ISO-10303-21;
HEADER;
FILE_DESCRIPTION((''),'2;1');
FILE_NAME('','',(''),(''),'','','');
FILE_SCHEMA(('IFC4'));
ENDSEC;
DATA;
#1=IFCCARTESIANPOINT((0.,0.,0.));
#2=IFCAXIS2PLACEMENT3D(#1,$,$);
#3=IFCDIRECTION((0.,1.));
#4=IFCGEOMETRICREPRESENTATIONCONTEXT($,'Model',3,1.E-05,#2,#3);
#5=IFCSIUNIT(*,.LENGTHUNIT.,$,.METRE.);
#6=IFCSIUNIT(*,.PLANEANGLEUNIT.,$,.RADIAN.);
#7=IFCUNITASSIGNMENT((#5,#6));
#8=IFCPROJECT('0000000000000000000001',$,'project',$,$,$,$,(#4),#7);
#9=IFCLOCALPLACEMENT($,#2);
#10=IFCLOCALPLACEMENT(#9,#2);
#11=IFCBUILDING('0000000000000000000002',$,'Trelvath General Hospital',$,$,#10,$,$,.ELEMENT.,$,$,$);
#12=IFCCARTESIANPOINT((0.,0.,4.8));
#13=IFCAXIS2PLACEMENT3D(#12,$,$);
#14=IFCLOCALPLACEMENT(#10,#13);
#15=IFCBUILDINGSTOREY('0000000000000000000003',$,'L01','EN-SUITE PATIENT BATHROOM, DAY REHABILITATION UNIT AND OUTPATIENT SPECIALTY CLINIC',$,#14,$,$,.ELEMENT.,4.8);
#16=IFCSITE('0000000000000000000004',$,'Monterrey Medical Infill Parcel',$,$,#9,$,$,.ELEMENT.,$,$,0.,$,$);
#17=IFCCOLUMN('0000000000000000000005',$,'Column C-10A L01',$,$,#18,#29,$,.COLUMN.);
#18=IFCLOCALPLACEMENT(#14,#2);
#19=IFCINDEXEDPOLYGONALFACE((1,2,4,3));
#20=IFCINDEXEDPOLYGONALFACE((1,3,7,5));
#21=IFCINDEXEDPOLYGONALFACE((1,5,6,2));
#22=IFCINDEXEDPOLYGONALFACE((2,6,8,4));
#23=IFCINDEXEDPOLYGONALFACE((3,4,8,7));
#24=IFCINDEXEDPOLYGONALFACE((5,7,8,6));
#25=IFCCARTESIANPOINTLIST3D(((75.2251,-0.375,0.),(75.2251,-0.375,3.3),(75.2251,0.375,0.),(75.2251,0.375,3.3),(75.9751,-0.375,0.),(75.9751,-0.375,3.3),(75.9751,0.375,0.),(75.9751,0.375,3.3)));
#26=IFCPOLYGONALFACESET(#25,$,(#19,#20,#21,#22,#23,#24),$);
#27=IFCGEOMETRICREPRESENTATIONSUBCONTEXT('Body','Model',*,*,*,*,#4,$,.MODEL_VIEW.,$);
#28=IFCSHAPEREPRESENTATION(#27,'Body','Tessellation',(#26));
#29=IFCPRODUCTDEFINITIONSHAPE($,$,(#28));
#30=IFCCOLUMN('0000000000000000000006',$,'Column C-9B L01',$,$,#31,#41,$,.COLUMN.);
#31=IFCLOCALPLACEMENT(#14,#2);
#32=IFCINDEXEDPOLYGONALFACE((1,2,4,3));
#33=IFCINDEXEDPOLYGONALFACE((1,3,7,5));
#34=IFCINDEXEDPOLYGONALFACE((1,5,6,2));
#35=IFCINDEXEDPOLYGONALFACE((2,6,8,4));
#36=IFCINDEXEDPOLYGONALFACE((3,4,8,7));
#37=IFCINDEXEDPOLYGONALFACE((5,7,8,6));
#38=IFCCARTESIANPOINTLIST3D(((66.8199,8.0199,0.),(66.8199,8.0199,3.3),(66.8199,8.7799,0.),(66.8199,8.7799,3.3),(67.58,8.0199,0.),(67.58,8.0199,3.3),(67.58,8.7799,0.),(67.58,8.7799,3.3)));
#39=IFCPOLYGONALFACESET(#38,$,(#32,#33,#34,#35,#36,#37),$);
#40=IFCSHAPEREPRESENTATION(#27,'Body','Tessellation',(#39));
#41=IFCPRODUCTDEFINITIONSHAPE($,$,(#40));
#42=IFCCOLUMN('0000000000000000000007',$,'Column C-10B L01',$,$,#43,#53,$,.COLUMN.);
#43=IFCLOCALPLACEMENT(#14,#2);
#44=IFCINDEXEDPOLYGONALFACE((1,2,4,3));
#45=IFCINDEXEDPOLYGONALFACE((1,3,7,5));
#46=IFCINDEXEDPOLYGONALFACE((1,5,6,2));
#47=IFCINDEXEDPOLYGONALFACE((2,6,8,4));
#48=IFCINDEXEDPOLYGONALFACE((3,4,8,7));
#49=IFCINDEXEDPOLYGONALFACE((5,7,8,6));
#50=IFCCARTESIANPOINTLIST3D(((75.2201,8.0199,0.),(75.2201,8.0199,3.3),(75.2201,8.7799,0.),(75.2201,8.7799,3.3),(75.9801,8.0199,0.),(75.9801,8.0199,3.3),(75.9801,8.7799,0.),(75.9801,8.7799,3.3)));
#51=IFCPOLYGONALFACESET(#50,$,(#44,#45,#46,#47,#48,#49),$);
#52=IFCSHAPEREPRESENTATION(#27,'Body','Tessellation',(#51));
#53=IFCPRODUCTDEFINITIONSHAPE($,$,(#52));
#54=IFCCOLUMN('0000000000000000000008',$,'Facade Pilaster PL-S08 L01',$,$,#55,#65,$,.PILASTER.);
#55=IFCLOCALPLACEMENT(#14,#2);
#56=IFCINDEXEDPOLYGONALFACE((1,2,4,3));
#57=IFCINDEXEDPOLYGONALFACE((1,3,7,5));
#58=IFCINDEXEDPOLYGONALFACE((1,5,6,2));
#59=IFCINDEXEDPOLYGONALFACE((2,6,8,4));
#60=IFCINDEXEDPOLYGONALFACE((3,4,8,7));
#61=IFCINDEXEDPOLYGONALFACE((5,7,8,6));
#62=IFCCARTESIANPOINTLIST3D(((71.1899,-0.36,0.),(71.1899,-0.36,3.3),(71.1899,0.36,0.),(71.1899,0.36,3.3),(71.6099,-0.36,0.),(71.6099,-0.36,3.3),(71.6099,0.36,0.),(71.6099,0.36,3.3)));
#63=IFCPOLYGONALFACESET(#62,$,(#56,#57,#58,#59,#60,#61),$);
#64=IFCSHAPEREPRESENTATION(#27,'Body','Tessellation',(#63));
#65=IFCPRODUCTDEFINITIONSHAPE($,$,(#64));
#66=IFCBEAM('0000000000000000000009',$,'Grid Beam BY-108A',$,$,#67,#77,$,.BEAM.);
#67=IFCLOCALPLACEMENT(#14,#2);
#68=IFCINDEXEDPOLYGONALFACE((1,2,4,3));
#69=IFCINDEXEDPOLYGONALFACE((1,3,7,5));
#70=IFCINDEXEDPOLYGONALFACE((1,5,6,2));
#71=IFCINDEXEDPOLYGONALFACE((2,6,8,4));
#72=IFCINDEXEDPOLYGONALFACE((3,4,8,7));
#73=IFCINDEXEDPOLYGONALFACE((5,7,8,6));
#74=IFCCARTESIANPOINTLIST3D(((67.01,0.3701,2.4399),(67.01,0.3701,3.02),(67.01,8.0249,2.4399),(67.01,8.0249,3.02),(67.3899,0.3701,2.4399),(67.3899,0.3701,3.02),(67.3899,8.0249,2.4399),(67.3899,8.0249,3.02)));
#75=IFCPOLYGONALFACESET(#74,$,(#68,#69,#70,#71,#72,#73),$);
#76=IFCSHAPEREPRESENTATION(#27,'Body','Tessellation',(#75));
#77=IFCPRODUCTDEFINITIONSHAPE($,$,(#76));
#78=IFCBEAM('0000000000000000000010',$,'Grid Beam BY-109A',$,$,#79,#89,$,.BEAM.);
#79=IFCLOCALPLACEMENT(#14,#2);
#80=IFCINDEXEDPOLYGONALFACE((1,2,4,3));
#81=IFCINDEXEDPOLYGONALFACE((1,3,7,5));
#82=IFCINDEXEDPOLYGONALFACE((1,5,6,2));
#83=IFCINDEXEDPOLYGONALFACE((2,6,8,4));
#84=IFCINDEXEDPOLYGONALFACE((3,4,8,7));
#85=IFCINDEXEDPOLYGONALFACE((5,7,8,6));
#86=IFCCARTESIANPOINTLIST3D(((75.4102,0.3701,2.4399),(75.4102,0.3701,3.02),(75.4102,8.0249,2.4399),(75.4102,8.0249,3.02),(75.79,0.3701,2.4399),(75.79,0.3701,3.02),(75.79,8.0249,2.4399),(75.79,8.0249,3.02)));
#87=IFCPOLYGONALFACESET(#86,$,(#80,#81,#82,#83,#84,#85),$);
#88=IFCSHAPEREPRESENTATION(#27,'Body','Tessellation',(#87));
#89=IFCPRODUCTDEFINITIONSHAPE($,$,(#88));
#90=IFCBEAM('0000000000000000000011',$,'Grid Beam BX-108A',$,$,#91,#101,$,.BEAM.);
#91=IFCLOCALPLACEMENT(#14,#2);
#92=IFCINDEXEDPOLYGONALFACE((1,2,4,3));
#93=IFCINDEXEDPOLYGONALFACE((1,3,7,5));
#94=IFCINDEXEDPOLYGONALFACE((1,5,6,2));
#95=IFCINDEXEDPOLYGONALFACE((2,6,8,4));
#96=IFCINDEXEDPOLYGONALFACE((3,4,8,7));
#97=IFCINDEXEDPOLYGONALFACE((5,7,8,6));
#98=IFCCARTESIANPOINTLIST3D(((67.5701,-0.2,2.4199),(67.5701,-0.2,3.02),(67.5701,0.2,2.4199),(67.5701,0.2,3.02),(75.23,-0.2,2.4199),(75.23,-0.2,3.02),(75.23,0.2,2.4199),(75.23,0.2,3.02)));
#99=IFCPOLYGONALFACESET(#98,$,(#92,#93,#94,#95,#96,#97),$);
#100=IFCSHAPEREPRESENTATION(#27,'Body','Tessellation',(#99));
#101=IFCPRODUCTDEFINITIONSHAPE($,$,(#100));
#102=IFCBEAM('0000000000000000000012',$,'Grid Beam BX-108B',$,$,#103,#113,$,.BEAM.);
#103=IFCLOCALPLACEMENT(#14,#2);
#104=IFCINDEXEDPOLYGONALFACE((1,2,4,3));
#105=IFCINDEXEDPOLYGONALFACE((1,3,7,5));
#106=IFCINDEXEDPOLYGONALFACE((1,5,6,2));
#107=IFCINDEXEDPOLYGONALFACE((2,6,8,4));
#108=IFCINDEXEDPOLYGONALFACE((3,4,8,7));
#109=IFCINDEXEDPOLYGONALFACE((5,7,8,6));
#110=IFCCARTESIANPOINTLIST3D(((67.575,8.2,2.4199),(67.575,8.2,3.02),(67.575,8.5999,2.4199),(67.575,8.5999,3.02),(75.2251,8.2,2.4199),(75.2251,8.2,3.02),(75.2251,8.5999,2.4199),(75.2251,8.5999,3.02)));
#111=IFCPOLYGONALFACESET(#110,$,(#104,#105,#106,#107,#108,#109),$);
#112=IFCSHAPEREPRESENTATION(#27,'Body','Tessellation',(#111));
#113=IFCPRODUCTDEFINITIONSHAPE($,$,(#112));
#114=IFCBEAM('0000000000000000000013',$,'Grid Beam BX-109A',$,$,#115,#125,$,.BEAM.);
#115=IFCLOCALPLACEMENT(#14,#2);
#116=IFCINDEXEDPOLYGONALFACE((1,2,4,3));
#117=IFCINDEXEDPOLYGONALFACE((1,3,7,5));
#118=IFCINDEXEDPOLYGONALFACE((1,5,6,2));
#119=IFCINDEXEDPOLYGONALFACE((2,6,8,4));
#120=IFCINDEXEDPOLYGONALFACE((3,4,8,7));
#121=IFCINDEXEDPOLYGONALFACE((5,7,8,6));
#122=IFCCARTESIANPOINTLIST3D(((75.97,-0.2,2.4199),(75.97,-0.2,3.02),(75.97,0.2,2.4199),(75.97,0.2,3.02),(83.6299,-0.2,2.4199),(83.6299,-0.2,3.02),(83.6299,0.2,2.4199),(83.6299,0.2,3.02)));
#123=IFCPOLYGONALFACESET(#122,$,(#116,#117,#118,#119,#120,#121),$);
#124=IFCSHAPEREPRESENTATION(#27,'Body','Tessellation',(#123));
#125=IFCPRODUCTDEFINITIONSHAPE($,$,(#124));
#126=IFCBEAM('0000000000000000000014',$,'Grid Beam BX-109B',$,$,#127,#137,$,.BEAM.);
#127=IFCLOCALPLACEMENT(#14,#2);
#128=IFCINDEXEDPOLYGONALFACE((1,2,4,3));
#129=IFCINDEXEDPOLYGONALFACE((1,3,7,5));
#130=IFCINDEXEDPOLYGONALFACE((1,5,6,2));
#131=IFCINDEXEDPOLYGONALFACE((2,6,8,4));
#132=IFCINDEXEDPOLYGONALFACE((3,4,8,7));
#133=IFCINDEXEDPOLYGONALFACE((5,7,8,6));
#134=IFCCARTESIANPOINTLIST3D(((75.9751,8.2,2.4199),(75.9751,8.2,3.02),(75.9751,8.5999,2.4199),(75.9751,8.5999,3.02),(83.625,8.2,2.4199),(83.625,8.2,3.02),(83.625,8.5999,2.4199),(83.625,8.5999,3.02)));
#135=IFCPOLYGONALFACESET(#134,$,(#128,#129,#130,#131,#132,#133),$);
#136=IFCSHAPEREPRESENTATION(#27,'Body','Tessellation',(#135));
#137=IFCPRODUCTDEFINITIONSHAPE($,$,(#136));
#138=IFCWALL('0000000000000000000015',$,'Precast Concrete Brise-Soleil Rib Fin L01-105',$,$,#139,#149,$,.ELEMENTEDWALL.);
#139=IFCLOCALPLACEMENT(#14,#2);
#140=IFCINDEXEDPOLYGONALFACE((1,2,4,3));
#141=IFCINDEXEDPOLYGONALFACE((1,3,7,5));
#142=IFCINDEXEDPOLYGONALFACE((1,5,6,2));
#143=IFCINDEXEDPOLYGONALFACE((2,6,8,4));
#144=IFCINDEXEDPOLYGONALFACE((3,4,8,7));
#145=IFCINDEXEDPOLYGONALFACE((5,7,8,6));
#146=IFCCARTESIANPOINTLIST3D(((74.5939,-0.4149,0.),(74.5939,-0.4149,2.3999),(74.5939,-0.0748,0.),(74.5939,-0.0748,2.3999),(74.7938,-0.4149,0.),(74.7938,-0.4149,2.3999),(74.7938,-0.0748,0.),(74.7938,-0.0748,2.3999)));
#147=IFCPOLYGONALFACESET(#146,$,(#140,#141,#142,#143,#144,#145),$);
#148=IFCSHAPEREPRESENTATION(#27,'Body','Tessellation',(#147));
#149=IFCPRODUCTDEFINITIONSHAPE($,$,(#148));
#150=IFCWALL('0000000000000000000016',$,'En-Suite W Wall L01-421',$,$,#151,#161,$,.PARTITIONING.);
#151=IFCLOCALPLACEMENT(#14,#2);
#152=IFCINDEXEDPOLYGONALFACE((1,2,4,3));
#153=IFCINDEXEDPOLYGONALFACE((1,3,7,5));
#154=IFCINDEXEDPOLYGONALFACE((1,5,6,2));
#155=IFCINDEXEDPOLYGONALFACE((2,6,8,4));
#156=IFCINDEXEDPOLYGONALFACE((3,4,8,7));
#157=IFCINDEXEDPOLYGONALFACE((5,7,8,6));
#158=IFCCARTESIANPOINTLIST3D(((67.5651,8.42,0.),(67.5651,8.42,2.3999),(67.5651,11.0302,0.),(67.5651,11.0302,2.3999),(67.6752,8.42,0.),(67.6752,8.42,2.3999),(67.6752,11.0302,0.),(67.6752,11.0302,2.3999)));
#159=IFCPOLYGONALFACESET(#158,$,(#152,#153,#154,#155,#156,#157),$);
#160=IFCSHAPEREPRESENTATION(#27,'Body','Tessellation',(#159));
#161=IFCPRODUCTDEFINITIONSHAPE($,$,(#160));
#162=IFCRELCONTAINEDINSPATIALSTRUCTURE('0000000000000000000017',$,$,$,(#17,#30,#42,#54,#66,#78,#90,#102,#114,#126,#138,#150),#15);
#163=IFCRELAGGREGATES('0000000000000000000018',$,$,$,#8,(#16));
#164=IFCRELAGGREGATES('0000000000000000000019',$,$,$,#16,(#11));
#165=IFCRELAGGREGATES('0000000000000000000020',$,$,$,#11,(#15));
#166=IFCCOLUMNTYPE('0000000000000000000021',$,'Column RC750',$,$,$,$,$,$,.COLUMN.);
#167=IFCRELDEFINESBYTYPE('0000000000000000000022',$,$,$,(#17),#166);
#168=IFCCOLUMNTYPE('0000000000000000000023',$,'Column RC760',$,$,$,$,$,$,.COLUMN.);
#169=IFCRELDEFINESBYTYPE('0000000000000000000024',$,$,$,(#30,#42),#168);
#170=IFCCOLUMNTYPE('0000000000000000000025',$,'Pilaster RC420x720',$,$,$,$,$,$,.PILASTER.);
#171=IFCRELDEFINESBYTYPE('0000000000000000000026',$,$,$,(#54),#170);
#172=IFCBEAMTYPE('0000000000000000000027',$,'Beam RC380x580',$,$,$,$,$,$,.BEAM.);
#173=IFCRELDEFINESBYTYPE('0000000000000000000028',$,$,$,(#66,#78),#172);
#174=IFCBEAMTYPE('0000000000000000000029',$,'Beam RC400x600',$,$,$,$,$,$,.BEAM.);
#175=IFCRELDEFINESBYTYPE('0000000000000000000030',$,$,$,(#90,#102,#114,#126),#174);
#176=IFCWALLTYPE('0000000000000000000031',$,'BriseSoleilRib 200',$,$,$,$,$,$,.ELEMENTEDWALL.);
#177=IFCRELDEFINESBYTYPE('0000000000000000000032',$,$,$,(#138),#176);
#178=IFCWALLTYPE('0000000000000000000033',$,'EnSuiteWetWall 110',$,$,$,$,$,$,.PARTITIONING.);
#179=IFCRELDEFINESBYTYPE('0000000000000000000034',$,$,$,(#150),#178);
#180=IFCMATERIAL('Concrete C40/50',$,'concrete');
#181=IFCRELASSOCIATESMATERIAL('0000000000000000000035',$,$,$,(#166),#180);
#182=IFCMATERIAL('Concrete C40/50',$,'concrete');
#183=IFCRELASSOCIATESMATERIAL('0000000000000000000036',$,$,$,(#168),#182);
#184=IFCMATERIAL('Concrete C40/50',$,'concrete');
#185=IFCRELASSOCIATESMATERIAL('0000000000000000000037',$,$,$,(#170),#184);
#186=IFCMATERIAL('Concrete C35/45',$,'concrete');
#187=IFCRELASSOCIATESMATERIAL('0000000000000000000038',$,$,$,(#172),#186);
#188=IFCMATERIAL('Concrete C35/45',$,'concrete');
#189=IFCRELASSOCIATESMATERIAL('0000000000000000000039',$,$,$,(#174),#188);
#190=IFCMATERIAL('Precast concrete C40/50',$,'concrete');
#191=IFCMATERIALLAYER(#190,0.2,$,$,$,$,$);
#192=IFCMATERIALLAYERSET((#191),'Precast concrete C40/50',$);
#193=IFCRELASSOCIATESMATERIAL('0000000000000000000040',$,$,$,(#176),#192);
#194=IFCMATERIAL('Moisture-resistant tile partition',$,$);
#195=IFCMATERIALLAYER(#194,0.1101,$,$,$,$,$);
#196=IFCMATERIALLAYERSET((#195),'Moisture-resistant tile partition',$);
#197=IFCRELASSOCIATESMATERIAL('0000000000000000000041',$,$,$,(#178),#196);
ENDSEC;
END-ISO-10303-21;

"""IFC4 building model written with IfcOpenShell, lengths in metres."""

from ifc_helpers import new_model, si_unit, direction, frame, frame_2d, origin, origin_2d, place, context, subcontext, project, spatial, rectangle, extrude, material, layer, layer_set, material_profile, profile_set, type_object, element, save


model = new_model("IFC4")

# Units and contexts
model_context = context("Model", 3, precision=1e-05, world=origin(), true_north=direction((0.0, 1.0)))
body_context = subcontext(model_context, "Body", "Model", "MODEL_VIEW")
ifc_project = project(units=[si_unit("LENGTHUNIT", "METRE"), si_unit("PLANEANGLEUNIT", "RADIAN")], contexts=[model_context])

# Site, building, storey
site_placement = place(None, origin())
site = spatial("IfcSite", under=ifc_project, at=site_placement, Name="Monterrey Medical Infill Parcel", CompositionType="ELEMENT", RefElevation=0.0)
building_placement = place(site_placement, origin())
building = spatial("IfcBuilding", under=site, at=building_placement, Name="Trelvath General Hospital", CompositionType="ELEMENT")
storey_placement = place(building_placement, frame((0.0, 0.0, 4.8)))
storey = spatial("IfcBuildingStorey", under=building, at=storey_placement, Name="L01", Description="EN-SUITE PATIENT BATHROOM, DAY REHABILITATION UNIT AND OUTPATIENT SPECIALTY CLINIC", CompositionType="ELEMENT", Elevation=4.8)

# Columns
ifc_material_1 = material(Name="Concrete C40/50", Category="concrete")
ifc_material_profile_1 = material_profile(ifc_material_1, rectangle(XDim=0.75, YDim=0.75, at=origin_2d()), Name="RC750x750")
ifc_profile_set_1 = profile_set([ifc_material_profile_1], Name="Concrete C40/50")
column_type_1 = type_object("IfcColumnType", Name="Column RC750", PredefinedType="COLUMN", material=ifc_profile_set_1)
column_1_placement = place(storey_placement, frame((75.6001, 0.0, 0.0), z_axis=(0.0, 0.0, 1.0), x_axis=(1.0, 0.0, 0.0)))
element("IfcColumn", 1, at=column_1_placement, inside=storey, type_object=column_type_1, Name="Column C-10A L01", PredefinedType="COLUMN", context=body_context, shape_type="SweptSolid", body=[
    extrude(rectangle(XDim=0.75, YDim=0.75, at=origin_2d()), origin(), (0.0, 0.0, 1.0), 3.3),
])
ifc_material_2 = material(Name="Concrete C40/50", Category="concrete")
ifc_material_profile_2 = material_profile(ifc_material_2, rectangle(XDim=0.76, YDim=0.76, at=origin_2d()), Name="RC760x760")
ifc_profile_set_2 = profile_set([ifc_material_profile_2], Name="Concrete C40/50")
column_type_2 = type_object("IfcColumnType", Name="Column RC760", PredefinedType="COLUMN", material=ifc_profile_set_2)
for number, where, z_axis, x_axis, name in (
    (2, (67.2, 8.3999, 0.0), (0.0, 0.0, 1.0), (1.0, 0.0, 0.0), "Column C-9B L01"),
    (3, (75.6001, 8.3999, 0.0), (0.0, 0.0, 1.0), (1.0, 0.0, 0.0), "Column C-10B L01"),
):
    element("IfcColumn", number, at=place(storey_placement, frame(where, z_axis=z_axis, x_axis=x_axis)), inside=storey, type_object=column_type_2, Name=name, PredefinedType="COLUMN", context=body_context, shape_type="SweptSolid", body=[
        extrude(rectangle(XDim=0.76, YDim=0.76, at=origin_2d()), origin(), (0.0, 0.0, 1.0), 3.3),
    ])
ifc_material_3 = material(Name="Concrete C40/50", Category="concrete")
ifc_material_profile_3 = material_profile(ifc_material_3, rectangle(XDim=0.4199, YDim=0.72, at=origin_2d()), Name="RC420x720")
ifc_profile_set_3 = profile_set([ifc_material_profile_3], Name="Concrete C40/50")
column_type_3 = type_object("IfcColumnType", Name="Pilaster RC420x720", PredefinedType="PILASTER", material=ifc_profile_set_3)
column_2_placement = place(storey_placement, frame((71.3999, 0.0, 0.0), z_axis=(0.0, 0.0, 1.0), x_axis=(1.0, 0.0, 0.0)))
element("IfcColumn", 4, at=column_2_placement, inside=storey, type_object=column_type_3, Name="Facade Pilaster PL-S08 L01", PredefinedType="PILASTER", context=body_context, shape_type="SweptSolid", body=[
    extrude(rectangle(XDim=0.4199, YDim=0.72, at=origin_2d()), origin(), (0.0, 0.0, 1.0), 3.3),
])

# Beams
ifc_material_4 = material(Name="Concrete C35/45", Category="concrete")
ifc_material_profile_4 = material_profile(ifc_material_4, rectangle(XDim=0.3799, YDim=0.5801, at=origin_2d()), Name="RCB380x580")
ifc_profile_set_4 = profile_set([ifc_material_profile_4], Name="Concrete C35/45")
beam_type_1 = type_object("IfcBeamType", Name="Beam RC380x580", PredefinedType="BEAM", material=ifc_profile_set_4)
for number, where, z_axis, x_axis, name in (
    (5, (67.2, 0.3701, 2.73), (0.0, 1.0, 0.0), (-1.0, 0.0, 0.0), "Grid Beam BY-108A"),
    (6, (75.6001, 0.3701, 2.73), (0.0, 1.0, 0.0), (-1.0, 0.0, 0.0), "Grid Beam BY-109A"),
):
    element("IfcBeam", number, at=place(storey_placement, frame(where, z_axis=z_axis, x_axis=x_axis)), inside=storey, type_object=beam_type_1, Name=name, PredefinedType="BEAM", context=body_context, shape_type="SweptSolid", body=[
        extrude(rectangle(XDim=0.3799, YDim=0.5801, at=origin_2d()), origin(), (0.0, 0.0, 1.0), 7.6548),
    ])
ifc_material_5 = material(Name="Concrete C35/45", Category="concrete")
ifc_material_profile_5 = material_profile(ifc_material_5, rectangle(XDim=0.3999, YDim=0.6001, at=origin_2d()), Name="RCB400x600")
ifc_profile_set_5 = profile_set([ifc_material_profile_5], Name="Concrete C35/45")
beam_type_2 = type_object("IfcBeamType", Name="Beam RC400x600", PredefinedType="BEAM", material=ifc_profile_set_5)
beam_1_placement = place(storey_placement, frame((67.5701, 0.0, 2.72), z_axis=(1.0, 0.0, 0.0), x_axis=(0.0, 1.0, 0.0)))
element("IfcBeam", 7, at=beam_1_placement, inside=storey, type_object=beam_type_2, Name="Grid Beam BX-108A", PredefinedType="BEAM", context=body_context, shape_type="SweptSolid", body=[
    extrude(rectangle(XDim=0.3999, YDim=0.6001, at=origin_2d()), origin(), (0.0, 0.0, 1.0), 7.6599),
])
beam_2_placement = place(storey_placement, frame((67.575, 8.3999, 2.72), z_axis=(1.0, 0.0, 0.0), x_axis=(0.0, 1.0, 0.0)))
element("IfcBeam", 8, at=beam_2_placement, inside=storey, type_object=beam_type_2, Name="Grid Beam BX-108B", PredefinedType="BEAM", context=body_context, shape_type="SweptSolid", body=[
    extrude(rectangle(XDim=0.3999, YDim=0.6001, at=origin_2d()), origin(), (0.0, 0.0, 1.0), 7.6501),
])
beam_3_placement = place(storey_placement, frame((75.97, 0.0, 2.72), z_axis=(1.0, 0.0, 0.0), x_axis=(0.0, 1.0, 0.0)))
element("IfcBeam", 9, at=beam_3_placement, inside=storey, type_object=beam_type_2, Name="Grid Beam BX-109A", PredefinedType="BEAM", context=body_context, shape_type="SweptSolid", body=[
    extrude(rectangle(XDim=0.3999, YDim=0.6001, at=origin_2d()), origin(), (0.0, 0.0, 1.0), 7.6599),
])
beam_4_placement = place(storey_placement, frame((75.9751, 8.3999, 2.72), z_axis=(1.0, 0.0, 0.0), x_axis=(0.0, 1.0, 0.0)))
element("IfcBeam", 10, at=beam_4_placement, inside=storey, type_object=beam_type_2, Name="Grid Beam BX-109B", PredefinedType="BEAM", context=body_context, shape_type="SweptSolid", body=[
    extrude(rectangle(XDim=0.3999, YDim=0.6001, at=origin_2d()), origin(), (0.0, 0.0, 1.0), 7.6499),
])

# Walls
ifc_material_6 = material(Name="Precast concrete C40/50", Category="concrete")
ifc_layer_1 = layer(ifc_material_6, 0.2)
ifc_layer_set_1 = layer_set([ifc_layer_1], Name="Precast concrete C40/50")
wall_type_1 = type_object("IfcWallType", Name="BriseSoleilRib 200", PredefinedType="ELEMENTEDWALL", material=ifc_layer_set_1)
wall_1_placement = place(storey_placement, frame((74.6938, -0.075, 0.0), z_axis=(0.0, 0.0, 1.0), x_axis=(0.0, -1.0, 0.0)))
element("IfcWall", 11, at=wall_1_placement, inside=storey, type_object=wall_type_1, Name="Precast Concrete Brise-Soleil Rib Fin L01-105", PredefinedType="ELEMENTEDWALL", context=body_context, shape_type="SweptSolid", body=[
    extrude(rectangle(XDim=0.3401, YDim=0.2, at=frame_2d((0.1699, 0.0))), origin(), (0.0, 0.0, 1.0), 2.3999),
])
ifc_material_7 = material(Name="Moisture-resistant tile partition")
ifc_layer_2 = layer(ifc_material_7, 0.1101)
ifc_layer_set_2 = layer_set([ifc_layer_2], Name="Moisture-resistant tile partition")
wall_type_2 = type_object("IfcWallType", Name="EnSuiteWetWall 110", PredefinedType="PARTITIONING", material=ifc_layer_set_2)
wall_2_placement = place(storey_placement, frame((67.6201, 8.4199, 0.0), z_axis=(0.0, 0.0, 1.0), x_axis=(0.0, 1.0, 0.0)))
element("IfcWall", 12, at=wall_2_placement, inside=storey, type_object=wall_type_2, Name="En-Suite W Wall L01-421", PredefinedType="PARTITIONING", context=body_context, shape_type="SweptSolid", body=[
    extrude(rectangle(XDim=2.6101, YDim=0.1101, at=frame_2d((1.3052, 0.0))), origin(), (0.0, 0.0, 1.0), 2.3999),
])

save(model, "model.ifc")
